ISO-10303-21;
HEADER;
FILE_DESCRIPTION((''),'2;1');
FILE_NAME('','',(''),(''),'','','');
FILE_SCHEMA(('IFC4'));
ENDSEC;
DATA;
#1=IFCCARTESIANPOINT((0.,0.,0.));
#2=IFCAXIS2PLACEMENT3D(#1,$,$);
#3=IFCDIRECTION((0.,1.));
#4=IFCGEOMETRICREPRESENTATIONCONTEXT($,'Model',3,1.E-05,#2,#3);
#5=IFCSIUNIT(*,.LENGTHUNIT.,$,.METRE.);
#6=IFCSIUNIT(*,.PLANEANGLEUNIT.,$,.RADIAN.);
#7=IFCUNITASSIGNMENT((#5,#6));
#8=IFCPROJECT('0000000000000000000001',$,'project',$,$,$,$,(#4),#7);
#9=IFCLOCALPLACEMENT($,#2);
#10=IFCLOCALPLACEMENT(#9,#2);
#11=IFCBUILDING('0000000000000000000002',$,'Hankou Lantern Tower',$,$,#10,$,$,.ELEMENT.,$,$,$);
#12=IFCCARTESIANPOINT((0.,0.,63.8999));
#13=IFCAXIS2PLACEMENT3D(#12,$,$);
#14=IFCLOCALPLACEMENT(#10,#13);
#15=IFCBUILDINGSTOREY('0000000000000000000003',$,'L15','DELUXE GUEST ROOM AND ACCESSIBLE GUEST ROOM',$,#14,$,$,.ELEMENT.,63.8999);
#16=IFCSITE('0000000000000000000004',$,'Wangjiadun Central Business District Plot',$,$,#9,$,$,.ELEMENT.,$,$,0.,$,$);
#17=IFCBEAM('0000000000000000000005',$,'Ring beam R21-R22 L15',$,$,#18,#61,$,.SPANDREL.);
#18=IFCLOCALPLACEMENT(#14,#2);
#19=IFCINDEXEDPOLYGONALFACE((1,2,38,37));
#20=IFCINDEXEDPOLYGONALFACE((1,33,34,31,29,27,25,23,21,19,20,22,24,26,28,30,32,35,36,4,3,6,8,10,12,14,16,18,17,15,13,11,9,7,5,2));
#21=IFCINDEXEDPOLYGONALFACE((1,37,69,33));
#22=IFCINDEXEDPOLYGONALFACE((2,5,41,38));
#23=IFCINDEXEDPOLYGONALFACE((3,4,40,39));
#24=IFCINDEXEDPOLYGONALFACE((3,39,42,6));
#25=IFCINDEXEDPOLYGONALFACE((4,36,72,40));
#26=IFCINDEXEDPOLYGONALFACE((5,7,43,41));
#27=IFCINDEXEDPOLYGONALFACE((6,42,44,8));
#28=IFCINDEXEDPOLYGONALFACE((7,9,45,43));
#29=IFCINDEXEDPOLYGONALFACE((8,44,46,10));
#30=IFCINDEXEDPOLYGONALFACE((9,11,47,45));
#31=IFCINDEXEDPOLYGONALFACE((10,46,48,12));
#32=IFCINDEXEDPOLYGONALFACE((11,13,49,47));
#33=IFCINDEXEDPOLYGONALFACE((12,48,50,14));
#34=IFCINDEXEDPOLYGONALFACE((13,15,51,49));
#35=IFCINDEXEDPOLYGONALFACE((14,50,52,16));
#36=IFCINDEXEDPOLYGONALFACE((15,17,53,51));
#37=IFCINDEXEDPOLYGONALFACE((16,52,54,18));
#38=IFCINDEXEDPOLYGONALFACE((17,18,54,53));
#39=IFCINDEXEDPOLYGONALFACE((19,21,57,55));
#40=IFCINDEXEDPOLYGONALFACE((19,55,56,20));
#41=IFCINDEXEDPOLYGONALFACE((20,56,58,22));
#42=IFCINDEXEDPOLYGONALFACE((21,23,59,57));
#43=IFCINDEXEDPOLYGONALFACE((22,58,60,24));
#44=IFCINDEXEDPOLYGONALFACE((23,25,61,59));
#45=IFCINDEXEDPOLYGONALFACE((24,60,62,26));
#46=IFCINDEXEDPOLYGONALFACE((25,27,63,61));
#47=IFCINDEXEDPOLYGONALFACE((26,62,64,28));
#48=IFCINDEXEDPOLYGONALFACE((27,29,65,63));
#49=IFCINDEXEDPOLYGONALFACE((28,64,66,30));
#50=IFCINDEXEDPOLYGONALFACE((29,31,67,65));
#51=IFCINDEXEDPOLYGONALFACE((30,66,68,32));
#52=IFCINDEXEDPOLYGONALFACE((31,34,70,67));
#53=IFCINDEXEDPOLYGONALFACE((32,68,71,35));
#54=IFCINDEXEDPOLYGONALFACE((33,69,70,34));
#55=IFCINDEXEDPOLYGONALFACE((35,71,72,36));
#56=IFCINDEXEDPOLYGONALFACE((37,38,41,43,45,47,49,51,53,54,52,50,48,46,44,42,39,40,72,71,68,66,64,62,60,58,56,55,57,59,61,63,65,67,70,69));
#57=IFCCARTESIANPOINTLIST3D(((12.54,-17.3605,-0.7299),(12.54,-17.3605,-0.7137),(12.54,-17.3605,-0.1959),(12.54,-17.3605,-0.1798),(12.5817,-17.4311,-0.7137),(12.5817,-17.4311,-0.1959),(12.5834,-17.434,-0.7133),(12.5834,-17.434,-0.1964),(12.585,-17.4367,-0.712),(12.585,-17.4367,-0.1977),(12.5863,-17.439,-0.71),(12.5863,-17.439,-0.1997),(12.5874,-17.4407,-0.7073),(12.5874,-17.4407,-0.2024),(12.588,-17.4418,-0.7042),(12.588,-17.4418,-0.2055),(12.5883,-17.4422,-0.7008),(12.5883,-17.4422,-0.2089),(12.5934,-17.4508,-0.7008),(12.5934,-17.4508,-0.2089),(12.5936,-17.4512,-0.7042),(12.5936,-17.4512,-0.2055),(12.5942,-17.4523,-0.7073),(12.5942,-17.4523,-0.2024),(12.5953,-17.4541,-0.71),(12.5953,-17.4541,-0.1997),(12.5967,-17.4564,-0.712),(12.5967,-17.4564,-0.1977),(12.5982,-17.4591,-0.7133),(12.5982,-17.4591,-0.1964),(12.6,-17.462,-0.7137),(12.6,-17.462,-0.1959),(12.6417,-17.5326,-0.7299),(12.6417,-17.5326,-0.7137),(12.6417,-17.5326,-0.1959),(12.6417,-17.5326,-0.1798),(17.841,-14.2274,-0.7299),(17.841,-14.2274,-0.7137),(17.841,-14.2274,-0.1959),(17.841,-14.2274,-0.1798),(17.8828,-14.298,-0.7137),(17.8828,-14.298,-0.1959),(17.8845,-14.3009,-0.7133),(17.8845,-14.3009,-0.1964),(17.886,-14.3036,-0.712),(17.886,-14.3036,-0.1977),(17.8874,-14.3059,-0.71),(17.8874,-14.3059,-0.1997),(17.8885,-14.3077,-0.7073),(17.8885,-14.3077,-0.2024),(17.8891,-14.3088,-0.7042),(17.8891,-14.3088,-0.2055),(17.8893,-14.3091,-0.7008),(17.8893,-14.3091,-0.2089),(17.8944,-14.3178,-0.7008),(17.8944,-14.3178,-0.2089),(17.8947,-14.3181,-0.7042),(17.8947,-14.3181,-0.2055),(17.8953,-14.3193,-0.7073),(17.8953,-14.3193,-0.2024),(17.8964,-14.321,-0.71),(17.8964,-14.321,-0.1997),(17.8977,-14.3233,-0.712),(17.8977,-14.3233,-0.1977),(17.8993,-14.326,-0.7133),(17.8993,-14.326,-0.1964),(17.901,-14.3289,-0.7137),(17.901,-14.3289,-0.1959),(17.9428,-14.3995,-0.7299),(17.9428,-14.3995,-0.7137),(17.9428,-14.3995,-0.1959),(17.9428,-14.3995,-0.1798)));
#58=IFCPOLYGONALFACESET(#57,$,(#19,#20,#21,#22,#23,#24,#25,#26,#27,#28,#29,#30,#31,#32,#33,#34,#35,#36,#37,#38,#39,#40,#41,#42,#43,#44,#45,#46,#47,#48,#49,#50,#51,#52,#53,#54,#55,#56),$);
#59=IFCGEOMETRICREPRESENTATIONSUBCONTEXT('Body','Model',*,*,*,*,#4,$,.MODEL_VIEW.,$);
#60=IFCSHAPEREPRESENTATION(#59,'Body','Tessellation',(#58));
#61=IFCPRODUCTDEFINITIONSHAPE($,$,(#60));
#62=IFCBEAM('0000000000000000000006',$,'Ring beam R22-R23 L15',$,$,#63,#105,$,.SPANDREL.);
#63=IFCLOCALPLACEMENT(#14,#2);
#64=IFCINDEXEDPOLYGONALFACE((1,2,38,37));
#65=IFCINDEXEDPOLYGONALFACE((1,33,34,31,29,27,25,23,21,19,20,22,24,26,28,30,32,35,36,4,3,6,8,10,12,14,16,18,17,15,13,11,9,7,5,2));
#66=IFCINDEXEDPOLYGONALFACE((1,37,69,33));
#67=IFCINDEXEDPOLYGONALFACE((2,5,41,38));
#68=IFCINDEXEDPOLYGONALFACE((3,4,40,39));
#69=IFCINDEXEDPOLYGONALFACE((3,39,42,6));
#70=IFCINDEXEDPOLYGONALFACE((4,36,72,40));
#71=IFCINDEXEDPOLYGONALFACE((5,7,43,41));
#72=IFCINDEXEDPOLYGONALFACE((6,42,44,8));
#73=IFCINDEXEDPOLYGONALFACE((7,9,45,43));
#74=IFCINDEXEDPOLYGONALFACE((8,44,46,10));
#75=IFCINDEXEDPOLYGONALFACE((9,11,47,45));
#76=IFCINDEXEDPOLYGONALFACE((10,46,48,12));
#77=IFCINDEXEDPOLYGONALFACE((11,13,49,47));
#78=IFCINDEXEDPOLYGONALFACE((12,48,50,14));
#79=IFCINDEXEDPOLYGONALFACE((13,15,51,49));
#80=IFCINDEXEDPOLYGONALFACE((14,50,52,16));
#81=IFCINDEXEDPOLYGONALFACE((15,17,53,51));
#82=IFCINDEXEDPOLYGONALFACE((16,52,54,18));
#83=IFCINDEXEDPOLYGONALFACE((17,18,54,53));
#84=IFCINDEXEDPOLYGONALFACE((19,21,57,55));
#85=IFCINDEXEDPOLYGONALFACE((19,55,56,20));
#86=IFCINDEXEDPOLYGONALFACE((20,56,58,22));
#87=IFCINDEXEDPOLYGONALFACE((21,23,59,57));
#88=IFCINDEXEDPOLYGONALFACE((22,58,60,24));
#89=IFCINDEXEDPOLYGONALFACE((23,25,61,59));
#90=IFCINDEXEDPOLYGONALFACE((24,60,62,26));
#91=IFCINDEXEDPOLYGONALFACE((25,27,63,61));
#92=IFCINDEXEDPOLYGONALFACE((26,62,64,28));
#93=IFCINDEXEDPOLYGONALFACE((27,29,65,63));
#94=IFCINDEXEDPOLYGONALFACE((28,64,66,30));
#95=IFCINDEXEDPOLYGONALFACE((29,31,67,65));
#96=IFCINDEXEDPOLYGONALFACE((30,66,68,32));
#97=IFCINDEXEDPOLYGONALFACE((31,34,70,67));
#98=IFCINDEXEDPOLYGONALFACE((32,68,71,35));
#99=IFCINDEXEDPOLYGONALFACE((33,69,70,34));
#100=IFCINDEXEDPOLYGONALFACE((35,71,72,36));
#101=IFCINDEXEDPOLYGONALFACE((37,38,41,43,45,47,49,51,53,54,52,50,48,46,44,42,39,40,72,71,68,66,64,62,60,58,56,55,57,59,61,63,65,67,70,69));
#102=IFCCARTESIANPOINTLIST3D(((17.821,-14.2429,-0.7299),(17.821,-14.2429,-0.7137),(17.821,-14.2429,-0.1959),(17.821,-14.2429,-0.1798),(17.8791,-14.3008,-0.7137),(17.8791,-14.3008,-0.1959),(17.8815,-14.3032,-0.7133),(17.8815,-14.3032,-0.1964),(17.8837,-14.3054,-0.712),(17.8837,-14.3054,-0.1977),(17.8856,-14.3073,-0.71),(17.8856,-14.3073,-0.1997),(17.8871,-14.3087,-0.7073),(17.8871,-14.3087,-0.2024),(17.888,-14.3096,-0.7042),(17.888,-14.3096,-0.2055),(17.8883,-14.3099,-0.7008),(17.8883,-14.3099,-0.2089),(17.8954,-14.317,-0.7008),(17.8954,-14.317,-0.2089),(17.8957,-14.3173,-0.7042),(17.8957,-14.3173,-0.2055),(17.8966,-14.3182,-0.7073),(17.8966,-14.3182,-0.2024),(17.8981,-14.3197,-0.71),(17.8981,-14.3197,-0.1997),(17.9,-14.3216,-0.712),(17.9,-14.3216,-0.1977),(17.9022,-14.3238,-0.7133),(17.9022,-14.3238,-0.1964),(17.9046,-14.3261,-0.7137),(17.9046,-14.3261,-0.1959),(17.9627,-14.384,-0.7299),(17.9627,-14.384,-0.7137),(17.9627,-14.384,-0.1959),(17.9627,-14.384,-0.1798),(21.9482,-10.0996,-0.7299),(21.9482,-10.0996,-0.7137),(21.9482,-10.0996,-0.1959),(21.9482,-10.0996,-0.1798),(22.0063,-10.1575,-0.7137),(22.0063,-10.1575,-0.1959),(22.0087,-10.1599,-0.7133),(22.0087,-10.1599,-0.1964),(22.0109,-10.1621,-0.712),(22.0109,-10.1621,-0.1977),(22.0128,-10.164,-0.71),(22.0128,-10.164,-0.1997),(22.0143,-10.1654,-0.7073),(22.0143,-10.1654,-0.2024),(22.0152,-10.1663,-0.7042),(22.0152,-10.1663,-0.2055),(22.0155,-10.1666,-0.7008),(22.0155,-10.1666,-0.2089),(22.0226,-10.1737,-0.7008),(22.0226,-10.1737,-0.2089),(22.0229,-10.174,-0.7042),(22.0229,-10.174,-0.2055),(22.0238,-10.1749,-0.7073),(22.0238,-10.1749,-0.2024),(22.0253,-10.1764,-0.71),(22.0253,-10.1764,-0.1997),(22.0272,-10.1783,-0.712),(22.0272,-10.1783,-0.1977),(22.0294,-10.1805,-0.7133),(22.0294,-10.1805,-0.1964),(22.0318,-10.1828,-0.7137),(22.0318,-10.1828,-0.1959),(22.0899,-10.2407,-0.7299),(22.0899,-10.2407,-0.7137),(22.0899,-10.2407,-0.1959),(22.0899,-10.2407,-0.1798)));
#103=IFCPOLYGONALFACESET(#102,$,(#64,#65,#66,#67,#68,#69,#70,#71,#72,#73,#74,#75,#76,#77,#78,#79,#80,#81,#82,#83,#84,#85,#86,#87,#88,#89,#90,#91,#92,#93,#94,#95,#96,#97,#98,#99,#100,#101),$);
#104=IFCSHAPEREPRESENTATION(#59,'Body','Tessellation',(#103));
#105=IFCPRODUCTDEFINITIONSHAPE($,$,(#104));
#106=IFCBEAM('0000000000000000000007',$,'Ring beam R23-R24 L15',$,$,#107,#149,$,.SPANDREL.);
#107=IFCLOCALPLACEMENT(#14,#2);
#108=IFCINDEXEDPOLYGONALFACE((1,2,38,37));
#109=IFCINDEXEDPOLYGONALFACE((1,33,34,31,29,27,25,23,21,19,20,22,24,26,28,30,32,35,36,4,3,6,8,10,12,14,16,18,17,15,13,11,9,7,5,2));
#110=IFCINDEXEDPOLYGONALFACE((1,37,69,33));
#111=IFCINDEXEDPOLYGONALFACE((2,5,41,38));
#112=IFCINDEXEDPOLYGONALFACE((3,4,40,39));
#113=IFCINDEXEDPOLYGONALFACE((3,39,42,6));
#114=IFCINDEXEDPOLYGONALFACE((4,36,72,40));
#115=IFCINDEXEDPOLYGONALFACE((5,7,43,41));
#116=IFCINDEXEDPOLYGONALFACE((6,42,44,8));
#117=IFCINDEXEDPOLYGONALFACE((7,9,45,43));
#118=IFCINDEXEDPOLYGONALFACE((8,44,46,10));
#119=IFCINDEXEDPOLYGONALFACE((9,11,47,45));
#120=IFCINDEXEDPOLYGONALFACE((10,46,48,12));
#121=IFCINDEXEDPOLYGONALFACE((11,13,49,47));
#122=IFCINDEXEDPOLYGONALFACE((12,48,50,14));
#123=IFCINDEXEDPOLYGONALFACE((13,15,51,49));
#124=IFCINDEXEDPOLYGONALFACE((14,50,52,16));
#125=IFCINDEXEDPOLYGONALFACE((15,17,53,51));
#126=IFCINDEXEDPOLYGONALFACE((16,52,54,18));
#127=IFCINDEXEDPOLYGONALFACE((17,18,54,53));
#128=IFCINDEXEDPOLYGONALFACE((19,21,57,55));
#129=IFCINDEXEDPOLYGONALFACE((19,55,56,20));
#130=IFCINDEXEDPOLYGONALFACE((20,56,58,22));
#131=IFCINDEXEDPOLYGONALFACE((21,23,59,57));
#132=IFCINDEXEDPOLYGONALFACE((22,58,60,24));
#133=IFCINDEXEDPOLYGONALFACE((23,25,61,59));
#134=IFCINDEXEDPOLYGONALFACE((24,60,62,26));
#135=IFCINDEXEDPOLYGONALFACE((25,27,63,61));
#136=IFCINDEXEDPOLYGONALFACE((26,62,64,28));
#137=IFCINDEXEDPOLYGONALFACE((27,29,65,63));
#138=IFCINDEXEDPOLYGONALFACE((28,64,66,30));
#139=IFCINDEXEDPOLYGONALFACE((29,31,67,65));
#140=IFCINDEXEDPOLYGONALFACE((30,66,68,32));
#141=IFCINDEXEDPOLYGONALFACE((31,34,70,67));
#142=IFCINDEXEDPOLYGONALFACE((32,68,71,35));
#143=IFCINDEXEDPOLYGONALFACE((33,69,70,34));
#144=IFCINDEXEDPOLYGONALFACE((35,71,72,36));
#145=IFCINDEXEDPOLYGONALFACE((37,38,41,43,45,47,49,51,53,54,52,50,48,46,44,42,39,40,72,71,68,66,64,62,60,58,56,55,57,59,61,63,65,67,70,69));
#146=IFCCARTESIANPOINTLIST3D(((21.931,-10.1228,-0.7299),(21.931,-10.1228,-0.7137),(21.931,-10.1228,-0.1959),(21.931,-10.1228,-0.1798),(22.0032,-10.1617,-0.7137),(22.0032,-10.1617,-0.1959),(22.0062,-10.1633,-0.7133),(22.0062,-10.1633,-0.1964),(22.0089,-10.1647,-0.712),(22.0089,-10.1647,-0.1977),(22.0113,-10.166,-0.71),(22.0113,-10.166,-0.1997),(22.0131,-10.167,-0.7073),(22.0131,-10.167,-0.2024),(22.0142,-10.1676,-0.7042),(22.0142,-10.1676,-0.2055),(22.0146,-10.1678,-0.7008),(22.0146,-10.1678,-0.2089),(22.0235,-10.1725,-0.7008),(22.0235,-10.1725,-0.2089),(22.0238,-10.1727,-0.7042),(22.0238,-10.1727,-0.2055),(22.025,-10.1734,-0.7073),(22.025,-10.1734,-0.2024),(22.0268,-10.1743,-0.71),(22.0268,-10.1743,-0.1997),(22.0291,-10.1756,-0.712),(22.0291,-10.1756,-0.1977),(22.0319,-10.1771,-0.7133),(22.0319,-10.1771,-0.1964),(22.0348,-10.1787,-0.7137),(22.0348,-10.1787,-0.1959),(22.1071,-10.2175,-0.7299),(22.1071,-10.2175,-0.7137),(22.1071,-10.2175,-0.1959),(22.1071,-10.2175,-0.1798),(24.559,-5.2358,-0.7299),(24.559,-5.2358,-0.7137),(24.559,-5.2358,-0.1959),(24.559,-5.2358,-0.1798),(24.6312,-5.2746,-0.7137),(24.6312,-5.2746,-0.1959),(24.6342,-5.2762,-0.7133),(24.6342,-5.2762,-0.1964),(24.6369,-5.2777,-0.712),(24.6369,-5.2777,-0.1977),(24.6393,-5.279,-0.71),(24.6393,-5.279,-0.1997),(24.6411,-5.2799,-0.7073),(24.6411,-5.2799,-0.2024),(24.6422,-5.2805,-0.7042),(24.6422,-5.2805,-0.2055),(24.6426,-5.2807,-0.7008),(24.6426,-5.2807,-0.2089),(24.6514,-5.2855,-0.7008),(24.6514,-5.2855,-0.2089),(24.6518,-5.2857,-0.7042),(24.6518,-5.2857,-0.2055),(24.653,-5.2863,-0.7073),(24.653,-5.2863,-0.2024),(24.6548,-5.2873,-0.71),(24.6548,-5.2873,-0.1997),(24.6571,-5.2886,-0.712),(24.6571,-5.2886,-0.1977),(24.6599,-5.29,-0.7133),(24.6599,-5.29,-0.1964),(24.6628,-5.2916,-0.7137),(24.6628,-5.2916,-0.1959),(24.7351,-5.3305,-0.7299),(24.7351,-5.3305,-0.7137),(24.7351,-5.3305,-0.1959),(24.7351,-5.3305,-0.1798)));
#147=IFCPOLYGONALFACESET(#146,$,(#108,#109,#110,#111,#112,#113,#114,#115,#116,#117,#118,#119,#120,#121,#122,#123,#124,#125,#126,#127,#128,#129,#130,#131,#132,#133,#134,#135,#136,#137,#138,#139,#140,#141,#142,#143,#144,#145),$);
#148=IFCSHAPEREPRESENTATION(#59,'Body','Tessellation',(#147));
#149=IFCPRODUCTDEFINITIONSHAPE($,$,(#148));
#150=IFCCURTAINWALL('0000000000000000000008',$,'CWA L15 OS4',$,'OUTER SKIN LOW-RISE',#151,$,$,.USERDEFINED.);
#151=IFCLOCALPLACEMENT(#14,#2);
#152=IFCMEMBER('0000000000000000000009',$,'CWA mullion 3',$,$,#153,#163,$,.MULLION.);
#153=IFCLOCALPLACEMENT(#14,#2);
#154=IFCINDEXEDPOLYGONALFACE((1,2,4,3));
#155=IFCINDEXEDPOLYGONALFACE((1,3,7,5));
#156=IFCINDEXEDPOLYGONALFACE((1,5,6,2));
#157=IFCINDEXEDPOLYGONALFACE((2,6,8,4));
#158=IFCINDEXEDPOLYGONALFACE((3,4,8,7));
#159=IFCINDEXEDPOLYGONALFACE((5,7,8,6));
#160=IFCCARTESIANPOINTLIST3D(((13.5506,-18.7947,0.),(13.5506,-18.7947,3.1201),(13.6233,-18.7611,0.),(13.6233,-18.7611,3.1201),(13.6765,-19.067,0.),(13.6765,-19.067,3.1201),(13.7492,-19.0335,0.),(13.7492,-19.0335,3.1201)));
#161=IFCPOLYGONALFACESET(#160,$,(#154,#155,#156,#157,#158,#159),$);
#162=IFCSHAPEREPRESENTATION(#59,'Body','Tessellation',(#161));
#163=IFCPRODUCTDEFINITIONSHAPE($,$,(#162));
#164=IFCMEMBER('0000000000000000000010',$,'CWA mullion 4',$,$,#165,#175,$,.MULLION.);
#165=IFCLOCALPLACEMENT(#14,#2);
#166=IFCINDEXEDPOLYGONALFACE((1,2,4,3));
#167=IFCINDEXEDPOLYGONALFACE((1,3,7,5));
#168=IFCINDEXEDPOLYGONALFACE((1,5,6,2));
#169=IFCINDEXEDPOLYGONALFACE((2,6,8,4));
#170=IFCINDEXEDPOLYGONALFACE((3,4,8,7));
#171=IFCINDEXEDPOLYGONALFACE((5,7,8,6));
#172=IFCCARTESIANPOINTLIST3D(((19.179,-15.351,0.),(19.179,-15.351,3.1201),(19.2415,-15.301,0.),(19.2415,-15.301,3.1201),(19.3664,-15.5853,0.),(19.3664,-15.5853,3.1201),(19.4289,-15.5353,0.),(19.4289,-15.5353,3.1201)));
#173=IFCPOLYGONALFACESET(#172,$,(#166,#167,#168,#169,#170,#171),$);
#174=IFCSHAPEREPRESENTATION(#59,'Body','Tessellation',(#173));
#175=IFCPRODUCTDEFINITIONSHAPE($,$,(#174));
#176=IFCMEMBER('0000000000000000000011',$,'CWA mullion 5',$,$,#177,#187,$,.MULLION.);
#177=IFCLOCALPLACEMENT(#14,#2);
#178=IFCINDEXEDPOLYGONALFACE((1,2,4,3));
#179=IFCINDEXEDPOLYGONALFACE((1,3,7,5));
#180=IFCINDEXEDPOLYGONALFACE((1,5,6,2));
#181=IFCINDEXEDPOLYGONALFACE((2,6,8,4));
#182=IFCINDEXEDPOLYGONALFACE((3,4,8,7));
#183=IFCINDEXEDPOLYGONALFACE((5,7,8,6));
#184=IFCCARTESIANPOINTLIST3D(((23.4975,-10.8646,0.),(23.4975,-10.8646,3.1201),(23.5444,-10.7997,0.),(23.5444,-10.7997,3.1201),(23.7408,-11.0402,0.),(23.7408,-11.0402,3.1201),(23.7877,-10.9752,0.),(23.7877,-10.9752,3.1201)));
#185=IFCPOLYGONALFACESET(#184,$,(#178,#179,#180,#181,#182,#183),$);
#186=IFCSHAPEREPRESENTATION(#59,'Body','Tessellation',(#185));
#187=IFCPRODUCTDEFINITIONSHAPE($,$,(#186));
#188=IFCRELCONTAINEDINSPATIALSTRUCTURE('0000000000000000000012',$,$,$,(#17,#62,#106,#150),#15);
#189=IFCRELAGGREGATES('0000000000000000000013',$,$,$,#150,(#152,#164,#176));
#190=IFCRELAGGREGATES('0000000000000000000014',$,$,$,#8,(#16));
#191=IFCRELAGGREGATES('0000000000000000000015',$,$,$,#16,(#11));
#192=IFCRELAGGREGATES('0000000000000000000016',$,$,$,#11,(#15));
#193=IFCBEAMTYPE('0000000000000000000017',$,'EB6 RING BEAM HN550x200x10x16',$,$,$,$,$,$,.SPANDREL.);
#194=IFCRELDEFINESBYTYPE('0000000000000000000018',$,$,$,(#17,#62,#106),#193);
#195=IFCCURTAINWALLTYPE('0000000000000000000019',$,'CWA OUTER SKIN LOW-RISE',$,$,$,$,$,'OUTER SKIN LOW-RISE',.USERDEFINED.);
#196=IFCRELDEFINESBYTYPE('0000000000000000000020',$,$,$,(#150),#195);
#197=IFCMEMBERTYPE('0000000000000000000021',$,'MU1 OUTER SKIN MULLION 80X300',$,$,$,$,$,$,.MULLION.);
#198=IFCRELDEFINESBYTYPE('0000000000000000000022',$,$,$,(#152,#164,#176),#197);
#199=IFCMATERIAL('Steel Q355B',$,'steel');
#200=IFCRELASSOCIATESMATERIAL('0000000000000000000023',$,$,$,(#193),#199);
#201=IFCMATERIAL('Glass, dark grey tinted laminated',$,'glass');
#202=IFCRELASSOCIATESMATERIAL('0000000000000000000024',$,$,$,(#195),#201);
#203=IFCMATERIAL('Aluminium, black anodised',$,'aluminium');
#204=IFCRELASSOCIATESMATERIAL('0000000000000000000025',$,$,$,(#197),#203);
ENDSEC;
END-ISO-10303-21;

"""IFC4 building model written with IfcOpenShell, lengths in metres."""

from ifc_helpers import new_model, si_unit, direction, frame, origin, origin_2d, place, context, subcontext, project, spatial, rectangle, i_section, extrude, material, material_profile, profile_set, type_object, element, aggregate, save


model = new_model("IFC4")

# Units and contexts
model_context = context("Model", 3, precision=1e-05, world=origin(), true_north=direction((0.0, 1.0)))
body_context = subcontext(model_context, "Body", "Model", "MODEL_VIEW")
ifc_project = project(units=[si_unit("LENGTHUNIT", "METRE"), si_unit("PLANEANGLEUNIT", "RADIAN")], contexts=[model_context])

# Site, building, storey
site_placement = place(None, origin())
site = spatial("IfcSite", under=ifc_project, at=site_placement, Name="Wangjiadun Central Business District Plot", CompositionType="ELEMENT", RefElevation=0.0)
building_placement = place(site_placement, origin())
building = spatial("IfcBuilding", under=site, at=building_placement, Name="Hankou Lantern Tower", CompositionType="ELEMENT")
storey_placement = place(building_placement, frame((0.0, 0.0, 63.8999)))
storey = spatial("IfcBuildingStorey", under=building, at=storey_placement, Name="L15", Description="DELUXE GUEST ROOM AND ACCESSIBLE GUEST ROOM", CompositionType="ELEMENT", Elevation=63.8999)

# Beams
ifc_material_1 = material(Name="Steel Q355B", Category="steel")
ifc_material_profile_1 = material_profile(ifc_material_1, i_section(OverallWidth=0.2, OverallDepth=0.55, WebThickness=0.01, FlangeThickness=0.0161, FilletRadius=0.0129, at=origin_2d()), Name="HN550x200x10x16")
ifc_profile_set_1 = profile_set([ifc_material_profile_1], Name="Steel Q355B")
beam_type_1 = type_object("IfcBeamType", Name="EB6 RING BEAM HN550x200x10x16", PredefinedType="SPANDREL", material=ifc_profile_set_1)
beam_1_placement = place(storey_placement, frame((12.5908, -17.4465, -0.4548), z_axis=(0.860882, 0.508805, 0.0), x_axis=(-0.508805, 0.860882, 0.0)))
element("IfcBeam", 1, at=beam_1_placement, inside=storey, type_object=beam_type_1, Name="Ring beam R21-R22 L15", PredefinedType="SPANDREL", context=body_context, shape_type="SweptSolid", body=[
    extrude(i_section(OverallWidth=0.2, OverallDepth=0.55, WebThickness=0.01, FlangeThickness=0.0161, FilletRadius=0.0129, at=origin_2d()), origin(), (0.0, 0.0, 1.0), 6.1577),
])
beam_2_placement = place(storey_placement, frame((17.8918, -14.3135, -0.4548), z_axis=(0.705728, 0.708483, 0.0), x_axis=(-0.708483, 0.705728, 0.0)))
element("IfcBeam", 2, at=beam_2_placement, inside=storey, type_object=beam_type_1, Name="Ring beam R22-R23 L15", PredefinedType="SPANDREL", context=body_context, shape_type="SweptSolid", body=[
    extrude(i_section(OverallWidth=0.2, OverallDepth=0.55, WebThickness=0.01, FlangeThickness=0.0161, FilletRadius=0.0129, at=origin_2d()), origin(), (0.0, 0.0, 1.0), 5.8481),
])
beam_3_placement = place(storey_placement, frame((22.019, -10.1702, -0.4548), z_axis=(0.473609, 0.880735, 0.0), x_axis=(-0.880735, 0.473609, 0.0)))
element("IfcBeam", 3, at=beam_3_placement, inside=storey, type_object=beam_type_1, Name="Ring beam R23-R24 L15", PredefinedType="SPANDREL", context=body_context, shape_type="SweptSolid", body=[
    extrude(i_section(OverallWidth=0.2, OverallDepth=0.55, WebThickness=0.01, FlangeThickness=0.0161, FilletRadius=0.0129, at=origin_2d()), origin(), (0.0, 0.0, 1.0), 5.5488),
])

# Curtain wall, members
ifc_material_2 = material(Name="Glass, dark grey tinted laminated", Category="glass")
curtain_wall_type = type_object("IfcCurtainWallType", Name="CWA OUTER SKIN LOW-RISE", ElementType="OUTER SKIN LOW-RISE", PredefinedType="USERDEFINED", material=ifc_material_2)
curtain_wall_placement = place(storey_placement, origin())
curtain_wall = element("IfcCurtainWall", 4, at=curtain_wall_placement, inside=storey, type_object=curtain_wall_type, Name="CWA L15 OS4", ObjectType="OUTER SKIN LOW-RISE", PredefinedType="USERDEFINED")
ifc_material_3 = material(Name="Aluminium, black anodised", Category="aluminium")
ifc_material_profile_2 = material_profile(ifc_material_3, rectangle(XDim=0.0801, YDim=0.3, at=origin_2d()), Name="MU1 80X300")
ifc_profile_set_2 = profile_set([ifc_material_profile_2], Name="Aluminium, black anodised")
member_type_1 = type_object("IfcMemberType", Name="MU1 OUTER SKIN MULLION 80X300", PredefinedType="MULLION", material=ifc_profile_set_2)
member_1_placement = place(storey_placement, frame((13.6499, -18.9141, 0.0), z_axis=(0.0, 0.0, 1.0), x_axis=(0.907841, 0.419314, 0.0)))
member_1 = element("IfcMember", 5, at=member_1_placement, type_object=member_type_1, Name="CWA mullion 3", PredefinedType="MULLION", context=body_context, shape_type="SweptSolid", body=[
    extrude(rectangle(XDim=0.0801, YDim=0.3, at=origin_2d()), origin(), (0.0, 0.0, 1.0), 3.1201),
])
member_2_placement = place(storey_placement, frame((19.304, -15.4431, 0.0), z_axis=(0.0, 0.0, 1.0), x_axis=(0.780869, 0.624695, 0.0)))
member_2 = element("IfcMember", 6, at=member_2_placement, type_object=member_type_1, Name="CWA mullion 4", PredefinedType="MULLION", context=body_context, shape_type="SweptSolid", body=[
    extrude(rectangle(XDim=0.0801, YDim=0.3, at=origin_2d()), origin(), (0.0, 0.0, 1.0), 3.1201),
])
member_3_placement = place(storey_placement, frame((23.6426, -10.9199, 0.0), z_axis=(0.0, 0.0, 1.0), x_axis=(0.585206, 0.810885, 0.0)))
member_3 = element("IfcMember", 7, at=member_3_placement, type_object=member_type_1, Name="CWA mullion 5", PredefinedType="MULLION", context=body_context, shape_type="SweptSolid", body=[
    extrude(rectangle(XDim=0.0801, YDim=0.3, at=origin_2d()), origin(), (0.0, 0.0, 1.0), 3.1201),
])

aggregate(curtain_wall, [member_1, member_2, member_3])

save(model, "model.ifc")
